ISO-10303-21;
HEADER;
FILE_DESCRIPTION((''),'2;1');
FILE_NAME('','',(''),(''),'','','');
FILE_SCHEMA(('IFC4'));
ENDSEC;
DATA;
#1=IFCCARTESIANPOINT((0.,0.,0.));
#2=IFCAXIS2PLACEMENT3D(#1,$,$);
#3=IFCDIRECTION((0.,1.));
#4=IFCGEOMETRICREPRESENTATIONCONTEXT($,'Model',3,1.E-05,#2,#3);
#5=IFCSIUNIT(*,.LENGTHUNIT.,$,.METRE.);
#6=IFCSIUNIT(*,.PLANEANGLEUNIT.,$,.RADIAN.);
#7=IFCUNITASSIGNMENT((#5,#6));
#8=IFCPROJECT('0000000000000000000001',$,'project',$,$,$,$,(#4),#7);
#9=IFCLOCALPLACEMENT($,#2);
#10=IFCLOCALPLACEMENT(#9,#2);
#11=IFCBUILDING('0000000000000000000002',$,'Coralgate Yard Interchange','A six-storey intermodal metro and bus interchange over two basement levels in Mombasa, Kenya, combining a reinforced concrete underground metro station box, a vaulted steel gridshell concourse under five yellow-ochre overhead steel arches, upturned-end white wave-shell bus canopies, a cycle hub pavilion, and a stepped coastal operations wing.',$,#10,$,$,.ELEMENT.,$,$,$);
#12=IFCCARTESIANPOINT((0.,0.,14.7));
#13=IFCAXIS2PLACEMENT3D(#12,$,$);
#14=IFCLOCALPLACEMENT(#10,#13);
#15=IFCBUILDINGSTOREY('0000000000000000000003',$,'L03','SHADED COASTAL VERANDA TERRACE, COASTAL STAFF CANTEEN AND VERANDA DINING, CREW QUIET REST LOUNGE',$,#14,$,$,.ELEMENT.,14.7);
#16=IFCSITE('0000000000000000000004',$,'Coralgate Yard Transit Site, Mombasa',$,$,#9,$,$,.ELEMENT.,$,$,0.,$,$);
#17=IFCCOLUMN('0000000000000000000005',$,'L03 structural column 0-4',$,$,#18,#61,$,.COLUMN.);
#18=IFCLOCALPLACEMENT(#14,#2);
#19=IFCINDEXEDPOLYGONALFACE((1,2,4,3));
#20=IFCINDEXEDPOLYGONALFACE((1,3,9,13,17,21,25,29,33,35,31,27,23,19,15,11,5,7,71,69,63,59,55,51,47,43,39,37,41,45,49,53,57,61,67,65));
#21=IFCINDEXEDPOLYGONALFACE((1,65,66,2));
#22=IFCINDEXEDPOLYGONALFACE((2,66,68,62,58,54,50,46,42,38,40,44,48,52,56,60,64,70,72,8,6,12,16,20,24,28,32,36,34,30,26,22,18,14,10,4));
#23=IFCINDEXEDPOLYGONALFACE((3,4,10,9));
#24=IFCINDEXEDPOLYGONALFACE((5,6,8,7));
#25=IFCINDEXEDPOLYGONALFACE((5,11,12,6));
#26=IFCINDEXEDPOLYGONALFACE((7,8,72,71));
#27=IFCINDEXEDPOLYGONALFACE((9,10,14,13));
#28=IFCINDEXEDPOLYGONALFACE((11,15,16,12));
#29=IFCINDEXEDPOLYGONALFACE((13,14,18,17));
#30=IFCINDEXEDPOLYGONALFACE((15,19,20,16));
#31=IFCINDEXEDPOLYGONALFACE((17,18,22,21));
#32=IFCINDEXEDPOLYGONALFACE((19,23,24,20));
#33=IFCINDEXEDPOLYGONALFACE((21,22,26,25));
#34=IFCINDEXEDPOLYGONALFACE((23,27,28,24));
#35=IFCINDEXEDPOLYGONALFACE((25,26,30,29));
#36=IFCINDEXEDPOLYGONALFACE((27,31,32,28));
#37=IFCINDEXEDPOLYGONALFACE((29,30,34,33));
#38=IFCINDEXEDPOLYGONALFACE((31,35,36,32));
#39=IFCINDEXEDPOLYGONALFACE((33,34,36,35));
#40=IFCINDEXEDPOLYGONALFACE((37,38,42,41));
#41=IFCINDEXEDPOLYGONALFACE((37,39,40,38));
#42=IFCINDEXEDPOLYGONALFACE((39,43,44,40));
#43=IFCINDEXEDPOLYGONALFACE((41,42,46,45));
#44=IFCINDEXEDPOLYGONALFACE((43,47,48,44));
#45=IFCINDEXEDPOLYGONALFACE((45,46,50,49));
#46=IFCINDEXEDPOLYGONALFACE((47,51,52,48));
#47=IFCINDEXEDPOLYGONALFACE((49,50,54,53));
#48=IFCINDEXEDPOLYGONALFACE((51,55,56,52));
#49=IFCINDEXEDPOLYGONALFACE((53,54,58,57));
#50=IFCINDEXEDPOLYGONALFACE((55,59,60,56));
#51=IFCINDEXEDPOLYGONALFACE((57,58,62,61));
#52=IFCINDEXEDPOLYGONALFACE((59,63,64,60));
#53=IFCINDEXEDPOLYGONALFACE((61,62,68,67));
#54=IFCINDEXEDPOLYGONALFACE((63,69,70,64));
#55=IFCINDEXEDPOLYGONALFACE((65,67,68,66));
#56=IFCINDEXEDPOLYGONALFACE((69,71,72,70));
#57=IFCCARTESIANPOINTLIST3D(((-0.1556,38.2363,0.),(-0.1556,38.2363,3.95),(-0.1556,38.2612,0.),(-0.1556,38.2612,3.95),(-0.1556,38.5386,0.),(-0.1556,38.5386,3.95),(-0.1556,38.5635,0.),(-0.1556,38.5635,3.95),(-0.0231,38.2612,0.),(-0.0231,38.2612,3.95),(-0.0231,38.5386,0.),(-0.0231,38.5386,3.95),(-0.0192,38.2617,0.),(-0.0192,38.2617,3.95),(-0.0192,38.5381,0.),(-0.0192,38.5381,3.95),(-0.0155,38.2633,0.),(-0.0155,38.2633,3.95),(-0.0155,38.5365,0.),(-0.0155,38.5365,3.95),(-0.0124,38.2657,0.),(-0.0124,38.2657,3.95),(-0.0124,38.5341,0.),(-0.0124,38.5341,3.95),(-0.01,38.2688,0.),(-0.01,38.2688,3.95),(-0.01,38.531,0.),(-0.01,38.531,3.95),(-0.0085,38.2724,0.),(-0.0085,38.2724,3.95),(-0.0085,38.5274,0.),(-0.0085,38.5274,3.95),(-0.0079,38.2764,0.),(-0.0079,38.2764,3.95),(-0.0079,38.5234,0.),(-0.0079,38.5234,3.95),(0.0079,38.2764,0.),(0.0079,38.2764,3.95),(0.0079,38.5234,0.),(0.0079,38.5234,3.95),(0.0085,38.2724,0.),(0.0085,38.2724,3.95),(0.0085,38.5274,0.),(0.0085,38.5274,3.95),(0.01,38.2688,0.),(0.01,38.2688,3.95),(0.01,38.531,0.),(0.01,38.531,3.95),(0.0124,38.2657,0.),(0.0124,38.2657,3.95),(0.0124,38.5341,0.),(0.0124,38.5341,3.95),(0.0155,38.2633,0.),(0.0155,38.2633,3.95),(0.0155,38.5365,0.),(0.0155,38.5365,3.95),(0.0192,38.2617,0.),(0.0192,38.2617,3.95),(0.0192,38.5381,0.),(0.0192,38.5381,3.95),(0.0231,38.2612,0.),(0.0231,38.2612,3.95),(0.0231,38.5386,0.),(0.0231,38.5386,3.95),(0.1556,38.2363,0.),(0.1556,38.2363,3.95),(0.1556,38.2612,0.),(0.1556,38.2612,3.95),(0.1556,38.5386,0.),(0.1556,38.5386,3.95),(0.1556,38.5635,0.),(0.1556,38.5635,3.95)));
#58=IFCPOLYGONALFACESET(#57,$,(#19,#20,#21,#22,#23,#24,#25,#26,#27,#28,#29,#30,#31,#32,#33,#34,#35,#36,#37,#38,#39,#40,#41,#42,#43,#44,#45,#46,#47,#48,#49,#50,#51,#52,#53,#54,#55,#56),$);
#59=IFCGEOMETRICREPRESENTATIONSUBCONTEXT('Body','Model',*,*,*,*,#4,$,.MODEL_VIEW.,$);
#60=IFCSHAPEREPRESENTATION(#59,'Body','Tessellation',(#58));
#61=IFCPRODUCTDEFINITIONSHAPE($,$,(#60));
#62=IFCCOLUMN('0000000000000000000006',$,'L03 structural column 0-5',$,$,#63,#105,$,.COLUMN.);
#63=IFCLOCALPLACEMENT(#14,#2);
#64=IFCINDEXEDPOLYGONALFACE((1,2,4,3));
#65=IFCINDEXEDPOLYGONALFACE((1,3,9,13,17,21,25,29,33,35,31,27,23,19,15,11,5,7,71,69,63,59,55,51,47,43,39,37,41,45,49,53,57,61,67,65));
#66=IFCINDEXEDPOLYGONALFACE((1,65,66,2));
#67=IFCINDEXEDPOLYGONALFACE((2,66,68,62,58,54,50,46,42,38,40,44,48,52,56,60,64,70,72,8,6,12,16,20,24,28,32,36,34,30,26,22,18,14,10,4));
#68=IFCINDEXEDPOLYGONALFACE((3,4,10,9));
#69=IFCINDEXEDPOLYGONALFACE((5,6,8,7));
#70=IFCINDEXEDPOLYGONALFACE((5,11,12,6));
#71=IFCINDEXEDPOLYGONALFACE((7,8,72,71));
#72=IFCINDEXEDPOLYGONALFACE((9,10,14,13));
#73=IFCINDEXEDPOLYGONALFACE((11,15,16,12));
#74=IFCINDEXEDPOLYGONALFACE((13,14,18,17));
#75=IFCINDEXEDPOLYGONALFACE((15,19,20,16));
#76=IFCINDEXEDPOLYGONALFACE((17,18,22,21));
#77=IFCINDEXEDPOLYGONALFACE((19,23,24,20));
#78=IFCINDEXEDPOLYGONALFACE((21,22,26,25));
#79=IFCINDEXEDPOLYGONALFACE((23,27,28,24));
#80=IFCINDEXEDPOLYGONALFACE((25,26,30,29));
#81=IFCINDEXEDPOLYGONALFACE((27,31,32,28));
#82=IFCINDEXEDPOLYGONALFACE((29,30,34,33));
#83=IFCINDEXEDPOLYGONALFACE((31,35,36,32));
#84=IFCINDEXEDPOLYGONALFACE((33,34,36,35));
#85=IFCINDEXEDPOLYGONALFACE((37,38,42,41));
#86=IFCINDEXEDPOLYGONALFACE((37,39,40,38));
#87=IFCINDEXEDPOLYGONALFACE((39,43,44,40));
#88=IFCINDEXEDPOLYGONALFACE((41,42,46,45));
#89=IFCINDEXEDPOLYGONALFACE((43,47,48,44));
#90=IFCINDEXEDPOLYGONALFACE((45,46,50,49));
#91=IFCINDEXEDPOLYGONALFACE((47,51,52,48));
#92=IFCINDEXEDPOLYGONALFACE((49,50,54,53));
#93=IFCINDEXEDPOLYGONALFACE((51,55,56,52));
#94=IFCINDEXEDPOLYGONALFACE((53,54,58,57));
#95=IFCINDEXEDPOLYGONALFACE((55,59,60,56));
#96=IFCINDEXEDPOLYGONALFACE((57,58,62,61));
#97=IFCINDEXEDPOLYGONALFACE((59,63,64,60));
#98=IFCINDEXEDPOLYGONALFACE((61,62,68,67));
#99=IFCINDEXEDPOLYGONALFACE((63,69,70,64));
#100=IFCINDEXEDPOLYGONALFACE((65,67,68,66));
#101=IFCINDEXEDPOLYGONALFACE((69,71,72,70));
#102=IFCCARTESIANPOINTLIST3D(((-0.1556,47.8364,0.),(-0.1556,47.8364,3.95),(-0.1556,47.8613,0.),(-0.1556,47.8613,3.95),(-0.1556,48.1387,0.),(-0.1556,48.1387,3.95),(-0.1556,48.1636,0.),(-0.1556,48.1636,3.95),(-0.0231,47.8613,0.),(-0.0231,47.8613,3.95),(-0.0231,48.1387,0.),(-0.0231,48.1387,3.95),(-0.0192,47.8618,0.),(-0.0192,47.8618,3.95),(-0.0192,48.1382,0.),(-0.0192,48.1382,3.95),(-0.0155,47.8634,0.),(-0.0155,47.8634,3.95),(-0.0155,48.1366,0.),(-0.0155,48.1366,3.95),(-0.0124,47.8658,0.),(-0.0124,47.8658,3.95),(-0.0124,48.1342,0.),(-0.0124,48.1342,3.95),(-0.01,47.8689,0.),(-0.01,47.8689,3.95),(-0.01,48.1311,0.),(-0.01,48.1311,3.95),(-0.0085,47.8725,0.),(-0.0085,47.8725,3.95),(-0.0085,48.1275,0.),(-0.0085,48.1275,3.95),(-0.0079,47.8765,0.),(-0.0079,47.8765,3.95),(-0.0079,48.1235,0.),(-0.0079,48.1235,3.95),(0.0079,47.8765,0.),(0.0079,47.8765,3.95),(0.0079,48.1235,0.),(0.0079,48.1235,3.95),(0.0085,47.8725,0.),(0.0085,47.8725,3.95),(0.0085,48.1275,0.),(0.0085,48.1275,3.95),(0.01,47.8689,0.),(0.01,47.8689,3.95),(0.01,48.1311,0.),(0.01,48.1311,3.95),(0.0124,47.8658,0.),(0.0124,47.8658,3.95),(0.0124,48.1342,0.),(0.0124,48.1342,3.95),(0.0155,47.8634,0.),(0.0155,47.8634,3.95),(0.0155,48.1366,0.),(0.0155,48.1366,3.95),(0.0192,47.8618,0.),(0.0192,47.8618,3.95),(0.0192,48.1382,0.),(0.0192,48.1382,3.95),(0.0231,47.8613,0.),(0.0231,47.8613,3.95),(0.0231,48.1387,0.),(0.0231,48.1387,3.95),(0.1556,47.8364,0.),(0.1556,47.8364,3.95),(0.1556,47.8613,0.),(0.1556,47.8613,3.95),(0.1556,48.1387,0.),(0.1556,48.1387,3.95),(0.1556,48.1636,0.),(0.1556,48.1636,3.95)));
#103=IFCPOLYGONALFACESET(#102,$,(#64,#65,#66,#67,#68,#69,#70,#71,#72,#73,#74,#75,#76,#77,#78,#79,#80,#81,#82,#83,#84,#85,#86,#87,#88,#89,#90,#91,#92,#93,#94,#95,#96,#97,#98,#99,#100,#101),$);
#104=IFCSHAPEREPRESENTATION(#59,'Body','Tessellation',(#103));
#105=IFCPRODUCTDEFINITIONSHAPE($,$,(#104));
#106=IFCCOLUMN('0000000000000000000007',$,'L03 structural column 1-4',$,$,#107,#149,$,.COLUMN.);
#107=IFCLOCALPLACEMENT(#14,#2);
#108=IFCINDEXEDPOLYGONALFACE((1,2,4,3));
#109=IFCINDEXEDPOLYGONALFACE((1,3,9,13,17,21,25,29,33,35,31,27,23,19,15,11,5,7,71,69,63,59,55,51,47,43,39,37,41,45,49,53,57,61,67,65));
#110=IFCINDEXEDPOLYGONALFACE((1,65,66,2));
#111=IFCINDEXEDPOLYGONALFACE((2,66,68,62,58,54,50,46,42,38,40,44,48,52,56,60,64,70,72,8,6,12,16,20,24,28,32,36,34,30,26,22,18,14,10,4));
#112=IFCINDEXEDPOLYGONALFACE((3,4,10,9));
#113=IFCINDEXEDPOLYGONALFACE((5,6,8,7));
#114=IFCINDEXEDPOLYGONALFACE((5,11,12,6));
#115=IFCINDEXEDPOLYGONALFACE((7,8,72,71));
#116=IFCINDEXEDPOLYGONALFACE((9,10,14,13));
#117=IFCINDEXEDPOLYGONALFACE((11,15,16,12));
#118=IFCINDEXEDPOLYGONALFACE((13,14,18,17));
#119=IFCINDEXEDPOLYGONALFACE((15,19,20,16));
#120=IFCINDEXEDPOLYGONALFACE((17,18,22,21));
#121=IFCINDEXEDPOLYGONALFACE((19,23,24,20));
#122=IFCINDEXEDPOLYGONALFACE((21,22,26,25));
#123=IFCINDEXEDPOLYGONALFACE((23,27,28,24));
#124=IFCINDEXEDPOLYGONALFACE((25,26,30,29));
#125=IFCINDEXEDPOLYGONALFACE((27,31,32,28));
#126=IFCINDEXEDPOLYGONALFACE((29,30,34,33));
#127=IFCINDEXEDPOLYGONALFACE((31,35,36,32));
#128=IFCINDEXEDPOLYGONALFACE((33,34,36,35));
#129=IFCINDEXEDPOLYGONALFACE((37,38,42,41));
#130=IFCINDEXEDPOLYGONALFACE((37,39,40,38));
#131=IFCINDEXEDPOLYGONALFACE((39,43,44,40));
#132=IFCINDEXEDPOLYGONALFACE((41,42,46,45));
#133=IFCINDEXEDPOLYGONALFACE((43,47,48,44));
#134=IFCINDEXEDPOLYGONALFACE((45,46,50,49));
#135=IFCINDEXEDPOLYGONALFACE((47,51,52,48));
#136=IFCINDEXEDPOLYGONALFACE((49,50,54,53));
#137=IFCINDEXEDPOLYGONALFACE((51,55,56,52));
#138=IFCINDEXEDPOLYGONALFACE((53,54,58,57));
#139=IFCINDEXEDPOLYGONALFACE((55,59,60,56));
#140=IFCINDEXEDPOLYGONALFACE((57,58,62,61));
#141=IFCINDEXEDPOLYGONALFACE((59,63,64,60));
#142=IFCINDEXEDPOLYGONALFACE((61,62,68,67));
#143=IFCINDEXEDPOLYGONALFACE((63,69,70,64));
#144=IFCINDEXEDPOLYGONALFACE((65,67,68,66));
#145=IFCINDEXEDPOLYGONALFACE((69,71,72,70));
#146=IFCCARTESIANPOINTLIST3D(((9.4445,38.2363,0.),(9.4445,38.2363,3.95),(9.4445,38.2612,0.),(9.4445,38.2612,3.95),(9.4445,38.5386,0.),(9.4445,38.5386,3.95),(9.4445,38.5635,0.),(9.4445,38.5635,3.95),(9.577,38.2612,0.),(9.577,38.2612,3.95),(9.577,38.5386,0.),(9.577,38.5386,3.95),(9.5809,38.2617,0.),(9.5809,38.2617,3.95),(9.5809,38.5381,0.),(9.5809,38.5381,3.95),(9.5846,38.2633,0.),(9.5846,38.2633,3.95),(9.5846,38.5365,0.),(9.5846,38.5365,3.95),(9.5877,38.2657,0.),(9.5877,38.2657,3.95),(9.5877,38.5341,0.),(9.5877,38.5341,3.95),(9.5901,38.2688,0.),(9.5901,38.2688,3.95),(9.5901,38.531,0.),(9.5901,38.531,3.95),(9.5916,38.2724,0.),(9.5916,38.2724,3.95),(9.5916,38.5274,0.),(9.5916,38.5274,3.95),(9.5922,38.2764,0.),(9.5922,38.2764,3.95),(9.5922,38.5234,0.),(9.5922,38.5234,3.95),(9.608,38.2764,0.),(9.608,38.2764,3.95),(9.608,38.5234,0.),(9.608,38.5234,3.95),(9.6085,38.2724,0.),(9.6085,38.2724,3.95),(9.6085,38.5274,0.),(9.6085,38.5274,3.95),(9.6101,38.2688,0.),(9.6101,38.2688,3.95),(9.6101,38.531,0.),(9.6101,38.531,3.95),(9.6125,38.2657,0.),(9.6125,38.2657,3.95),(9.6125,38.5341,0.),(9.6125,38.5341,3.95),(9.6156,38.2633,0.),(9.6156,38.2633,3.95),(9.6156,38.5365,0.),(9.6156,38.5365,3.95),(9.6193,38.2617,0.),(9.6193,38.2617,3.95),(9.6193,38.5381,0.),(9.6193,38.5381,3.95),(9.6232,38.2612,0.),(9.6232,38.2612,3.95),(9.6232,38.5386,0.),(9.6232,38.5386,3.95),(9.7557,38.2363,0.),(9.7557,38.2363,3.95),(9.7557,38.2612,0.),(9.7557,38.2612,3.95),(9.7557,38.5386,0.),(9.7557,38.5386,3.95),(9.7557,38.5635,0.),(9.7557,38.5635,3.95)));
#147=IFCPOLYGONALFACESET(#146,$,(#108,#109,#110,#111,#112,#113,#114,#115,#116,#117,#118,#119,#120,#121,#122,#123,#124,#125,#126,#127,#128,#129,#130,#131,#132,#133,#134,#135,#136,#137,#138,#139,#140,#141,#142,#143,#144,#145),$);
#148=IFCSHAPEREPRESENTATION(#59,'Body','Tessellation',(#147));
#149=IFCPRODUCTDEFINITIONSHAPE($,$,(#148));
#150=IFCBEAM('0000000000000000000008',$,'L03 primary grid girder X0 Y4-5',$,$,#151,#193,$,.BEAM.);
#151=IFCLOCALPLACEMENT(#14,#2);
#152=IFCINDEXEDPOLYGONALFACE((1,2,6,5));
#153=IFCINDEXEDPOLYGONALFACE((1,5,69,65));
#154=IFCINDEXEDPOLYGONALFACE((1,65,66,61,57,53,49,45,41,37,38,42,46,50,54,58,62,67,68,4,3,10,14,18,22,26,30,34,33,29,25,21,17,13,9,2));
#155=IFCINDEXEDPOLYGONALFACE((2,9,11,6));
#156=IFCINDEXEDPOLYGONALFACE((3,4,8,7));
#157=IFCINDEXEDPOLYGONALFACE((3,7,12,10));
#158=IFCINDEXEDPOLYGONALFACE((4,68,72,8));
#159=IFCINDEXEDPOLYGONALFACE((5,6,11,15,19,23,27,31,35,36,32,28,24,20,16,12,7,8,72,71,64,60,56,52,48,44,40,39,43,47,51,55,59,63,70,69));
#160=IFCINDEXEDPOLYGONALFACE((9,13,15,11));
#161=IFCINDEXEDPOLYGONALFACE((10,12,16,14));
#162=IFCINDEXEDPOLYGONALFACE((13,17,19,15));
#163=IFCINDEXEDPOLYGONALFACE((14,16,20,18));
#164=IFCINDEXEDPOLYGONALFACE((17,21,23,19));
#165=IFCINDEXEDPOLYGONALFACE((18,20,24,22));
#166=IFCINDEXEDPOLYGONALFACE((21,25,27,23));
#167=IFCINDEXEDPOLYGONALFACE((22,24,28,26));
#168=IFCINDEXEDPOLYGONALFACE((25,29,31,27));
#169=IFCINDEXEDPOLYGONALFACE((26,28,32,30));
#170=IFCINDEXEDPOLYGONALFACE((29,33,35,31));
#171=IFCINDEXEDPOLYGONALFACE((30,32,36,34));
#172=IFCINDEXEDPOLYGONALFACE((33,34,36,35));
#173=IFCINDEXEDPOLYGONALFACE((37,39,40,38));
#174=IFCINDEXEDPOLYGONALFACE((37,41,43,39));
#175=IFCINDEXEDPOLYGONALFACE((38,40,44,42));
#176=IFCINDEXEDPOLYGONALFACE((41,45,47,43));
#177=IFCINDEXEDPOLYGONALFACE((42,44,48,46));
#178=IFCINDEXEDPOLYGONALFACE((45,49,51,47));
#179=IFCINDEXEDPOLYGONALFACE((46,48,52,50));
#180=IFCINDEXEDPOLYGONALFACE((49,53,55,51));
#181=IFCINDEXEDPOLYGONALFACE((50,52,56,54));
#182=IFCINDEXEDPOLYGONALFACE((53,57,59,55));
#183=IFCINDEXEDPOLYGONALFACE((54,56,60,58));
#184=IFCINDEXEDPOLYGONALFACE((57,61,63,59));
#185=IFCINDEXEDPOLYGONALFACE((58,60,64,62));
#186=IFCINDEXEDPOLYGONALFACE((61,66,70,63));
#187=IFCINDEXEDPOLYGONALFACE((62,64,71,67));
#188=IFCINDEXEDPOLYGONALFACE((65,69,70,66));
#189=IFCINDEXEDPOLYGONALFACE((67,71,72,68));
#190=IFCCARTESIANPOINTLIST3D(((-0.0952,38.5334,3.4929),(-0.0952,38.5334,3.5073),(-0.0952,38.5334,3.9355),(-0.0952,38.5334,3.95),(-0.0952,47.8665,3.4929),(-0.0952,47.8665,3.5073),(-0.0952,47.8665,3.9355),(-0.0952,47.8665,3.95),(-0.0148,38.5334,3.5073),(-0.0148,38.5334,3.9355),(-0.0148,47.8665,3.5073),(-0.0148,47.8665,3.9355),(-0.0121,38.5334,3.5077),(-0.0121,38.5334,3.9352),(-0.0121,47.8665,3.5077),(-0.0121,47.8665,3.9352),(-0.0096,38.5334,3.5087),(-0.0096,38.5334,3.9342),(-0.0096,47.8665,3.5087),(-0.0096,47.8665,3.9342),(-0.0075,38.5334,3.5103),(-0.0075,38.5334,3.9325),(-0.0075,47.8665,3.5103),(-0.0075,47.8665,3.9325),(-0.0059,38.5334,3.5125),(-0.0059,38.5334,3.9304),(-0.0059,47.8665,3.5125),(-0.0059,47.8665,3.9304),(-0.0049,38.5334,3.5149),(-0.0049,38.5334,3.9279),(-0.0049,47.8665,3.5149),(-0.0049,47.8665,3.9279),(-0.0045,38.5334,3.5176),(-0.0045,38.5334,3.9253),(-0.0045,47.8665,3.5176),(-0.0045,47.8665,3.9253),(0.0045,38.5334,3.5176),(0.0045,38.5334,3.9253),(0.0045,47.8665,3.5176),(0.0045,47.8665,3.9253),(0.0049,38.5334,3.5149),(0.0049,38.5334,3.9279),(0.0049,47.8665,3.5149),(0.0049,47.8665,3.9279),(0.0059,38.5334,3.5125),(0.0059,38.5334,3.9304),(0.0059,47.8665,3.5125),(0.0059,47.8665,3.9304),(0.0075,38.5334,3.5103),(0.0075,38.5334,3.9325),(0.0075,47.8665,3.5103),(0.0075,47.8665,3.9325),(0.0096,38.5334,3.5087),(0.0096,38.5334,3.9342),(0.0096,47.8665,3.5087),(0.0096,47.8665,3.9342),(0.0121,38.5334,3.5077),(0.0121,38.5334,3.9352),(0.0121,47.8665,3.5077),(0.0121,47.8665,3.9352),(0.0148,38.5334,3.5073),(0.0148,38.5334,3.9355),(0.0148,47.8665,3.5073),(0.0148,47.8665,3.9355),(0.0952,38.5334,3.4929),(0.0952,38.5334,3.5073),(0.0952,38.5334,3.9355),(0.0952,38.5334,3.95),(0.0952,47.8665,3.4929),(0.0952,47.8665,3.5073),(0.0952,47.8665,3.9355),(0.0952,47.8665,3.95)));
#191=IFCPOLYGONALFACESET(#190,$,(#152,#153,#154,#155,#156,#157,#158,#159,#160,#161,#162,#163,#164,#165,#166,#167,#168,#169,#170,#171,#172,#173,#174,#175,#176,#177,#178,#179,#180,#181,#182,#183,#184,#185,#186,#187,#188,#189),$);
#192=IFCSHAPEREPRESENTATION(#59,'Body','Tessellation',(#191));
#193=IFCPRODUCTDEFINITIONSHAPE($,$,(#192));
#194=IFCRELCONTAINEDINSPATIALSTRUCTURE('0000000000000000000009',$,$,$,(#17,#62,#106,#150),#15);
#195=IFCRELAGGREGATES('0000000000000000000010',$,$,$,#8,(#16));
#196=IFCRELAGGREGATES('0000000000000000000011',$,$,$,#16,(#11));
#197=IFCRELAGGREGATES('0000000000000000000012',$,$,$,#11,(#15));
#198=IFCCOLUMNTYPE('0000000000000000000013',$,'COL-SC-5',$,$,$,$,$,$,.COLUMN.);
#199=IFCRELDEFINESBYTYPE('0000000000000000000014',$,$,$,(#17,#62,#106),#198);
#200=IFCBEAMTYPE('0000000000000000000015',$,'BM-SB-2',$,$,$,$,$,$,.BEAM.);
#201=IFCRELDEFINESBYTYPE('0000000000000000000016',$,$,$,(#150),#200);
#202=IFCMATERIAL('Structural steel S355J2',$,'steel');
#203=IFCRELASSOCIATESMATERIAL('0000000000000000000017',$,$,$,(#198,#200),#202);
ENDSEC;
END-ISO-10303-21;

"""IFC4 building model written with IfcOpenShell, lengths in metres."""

from ifc_helpers import new_model, si_unit, direction, frame, origin, origin_2d, place, context, subcontext, project, spatial, i_section, extrude, material, material_profile, profile_set, type_object, element, save


model = new_model("IFC4")

# Units and contexts
model_context = context("Model", 3, precision=1e-05, world=origin(), true_north=direction((0.0, 1.0)))
body_context = subcontext(model_context, "Body", "Model", "MODEL_VIEW")
ifc_project = project(units=[si_unit("LENGTHUNIT", "METRE"), si_unit("PLANEANGLEUNIT", "RADIAN")], contexts=[model_context])

# Site, building, storey
site_placement = place(None, origin())
site = spatial("IfcSite", under=ifc_project, at=site_placement, Name="Coralgate Yard Transit Site, Mombasa", CompositionType="ELEMENT", RefElevation=0.0)
building_placement = place(site_placement, origin())
building = spatial("IfcBuilding", under=site, at=building_placement, Name="Coralgate Yard Interchange", Description="A six-storey intermodal metro and bus interchange over two basement levels in Mombasa, Kenya, combining a reinforced concrete underground metro station box, a vaulted steel gridshell concourse under five yellow-ochre overhead steel arches, upturned-end white wave-shell bus canopies, a cycle hub pavilion, and a stepped coastal operations wing.", CompositionType="ELEMENT")
storey_placement = place(building_placement, frame((0.0, 0.0, 14.7)))
storey = spatial("IfcBuildingStorey", under=building, at=storey_placement, Name="L03", Description="SHADED COASTAL VERANDA TERRACE, COASTAL STAFF CANTEEN AND VERANDA DINING, CREW QUIET REST LOUNGE", CompositionType="ELEMENT", Elevation=14.7)

# Columns
ifc_material_1 = material(Name="Structural steel S355J2", Category="steel")
ifc_material_profile_1 = material_profile(ifc_material_1, i_section(OverallWidth=0.3113, OverallDepth=0.3271, WebThickness=0.0159, FlangeThickness=0.0249, FilletRadius=0.0151, at=origin_2d()), Name="UC 305x305x158")
ifc_profile_set_1 = profile_set([ifc_material_profile_1], Name="Structural steel S355J2")
column_type = type_object("IfcColumnType", Name="COL-SC-5", PredefinedType="COLUMN", material=ifc_profile_set_1)
for number, where, z_axis, x_axis, name in (
    (1, (0.0, 38.3999, 0.0), (0.0, 0.0, 1.0), (1.0, 0.0, 0.0), "L03 structural column 0-4"),
    (2, (0.0, 48.0, 0.0), (0.0, 0.0, 1.0), (1.0, 0.0, 0.0), "L03 structural column 0-5"),
    (3, (9.6001, 38.3999, 0.0), (0.0, 0.0, 1.0), (1.0, 0.0, 0.0), "L03 structural column 1-4"),
):
    element("IfcColumn", number, at=place(storey_placement, frame(where, z_axis=z_axis, x_axis=x_axis)), inside=storey, type_object=column_type, Name=name, PredefinedType="COLUMN", context=body_context, shape_type="SweptSolid", body=[
        extrude(i_section(OverallWidth=0.3113, OverallDepth=0.3271, WebThickness=0.0159, FlangeThickness=0.0249, FilletRadius=0.0151, at=origin_2d()), origin(), (0.0, 0.0, 1.0), 3.95),
    ])

# Beam
ifc_material_profile_2 = material_profile(ifc_material_1, i_section(OverallWidth=0.1904, OverallDepth=0.457, WebThickness=0.009, FlangeThickness=0.0144, FilletRadius=0.0103, at=origin_2d()), Name="UB 457x191x74")
ifc_profile_set_2 = profile_set([ifc_material_profile_2], Name="Structural steel S355J2")
beam_type_1 = type_object("IfcBeamType", Name="BM-SB-2", PredefinedType="BEAM", material=ifc_profile_set_2)
for number, where, z_axis, x_axis, name in (
    (4, (0.0, 38.5334, 3.7214), (0.0, 1.0, 0.0), (-1.0, 0.0, 0.0), "L03 primary grid girder X0 Y4-5"),
):
    element("IfcBeam", number, at=place(storey_placement, frame(where, z_axis=z_axis, x_axis=x_axis)), inside=storey, type_object=beam_type_1, Name=name, PredefinedType="BEAM", context=body_context, shape_type="SweptSolid", body=[
        extrude(i_section(OverallWidth=0.1904, OverallDepth=0.457, WebThickness=0.009, FlangeThickness=0.0144, FilletRadius=0.0103, at=origin_2d()), origin(), (0.0, 0.0, 1.0), 9.333),
    ])

save(model, "model.ifc")
